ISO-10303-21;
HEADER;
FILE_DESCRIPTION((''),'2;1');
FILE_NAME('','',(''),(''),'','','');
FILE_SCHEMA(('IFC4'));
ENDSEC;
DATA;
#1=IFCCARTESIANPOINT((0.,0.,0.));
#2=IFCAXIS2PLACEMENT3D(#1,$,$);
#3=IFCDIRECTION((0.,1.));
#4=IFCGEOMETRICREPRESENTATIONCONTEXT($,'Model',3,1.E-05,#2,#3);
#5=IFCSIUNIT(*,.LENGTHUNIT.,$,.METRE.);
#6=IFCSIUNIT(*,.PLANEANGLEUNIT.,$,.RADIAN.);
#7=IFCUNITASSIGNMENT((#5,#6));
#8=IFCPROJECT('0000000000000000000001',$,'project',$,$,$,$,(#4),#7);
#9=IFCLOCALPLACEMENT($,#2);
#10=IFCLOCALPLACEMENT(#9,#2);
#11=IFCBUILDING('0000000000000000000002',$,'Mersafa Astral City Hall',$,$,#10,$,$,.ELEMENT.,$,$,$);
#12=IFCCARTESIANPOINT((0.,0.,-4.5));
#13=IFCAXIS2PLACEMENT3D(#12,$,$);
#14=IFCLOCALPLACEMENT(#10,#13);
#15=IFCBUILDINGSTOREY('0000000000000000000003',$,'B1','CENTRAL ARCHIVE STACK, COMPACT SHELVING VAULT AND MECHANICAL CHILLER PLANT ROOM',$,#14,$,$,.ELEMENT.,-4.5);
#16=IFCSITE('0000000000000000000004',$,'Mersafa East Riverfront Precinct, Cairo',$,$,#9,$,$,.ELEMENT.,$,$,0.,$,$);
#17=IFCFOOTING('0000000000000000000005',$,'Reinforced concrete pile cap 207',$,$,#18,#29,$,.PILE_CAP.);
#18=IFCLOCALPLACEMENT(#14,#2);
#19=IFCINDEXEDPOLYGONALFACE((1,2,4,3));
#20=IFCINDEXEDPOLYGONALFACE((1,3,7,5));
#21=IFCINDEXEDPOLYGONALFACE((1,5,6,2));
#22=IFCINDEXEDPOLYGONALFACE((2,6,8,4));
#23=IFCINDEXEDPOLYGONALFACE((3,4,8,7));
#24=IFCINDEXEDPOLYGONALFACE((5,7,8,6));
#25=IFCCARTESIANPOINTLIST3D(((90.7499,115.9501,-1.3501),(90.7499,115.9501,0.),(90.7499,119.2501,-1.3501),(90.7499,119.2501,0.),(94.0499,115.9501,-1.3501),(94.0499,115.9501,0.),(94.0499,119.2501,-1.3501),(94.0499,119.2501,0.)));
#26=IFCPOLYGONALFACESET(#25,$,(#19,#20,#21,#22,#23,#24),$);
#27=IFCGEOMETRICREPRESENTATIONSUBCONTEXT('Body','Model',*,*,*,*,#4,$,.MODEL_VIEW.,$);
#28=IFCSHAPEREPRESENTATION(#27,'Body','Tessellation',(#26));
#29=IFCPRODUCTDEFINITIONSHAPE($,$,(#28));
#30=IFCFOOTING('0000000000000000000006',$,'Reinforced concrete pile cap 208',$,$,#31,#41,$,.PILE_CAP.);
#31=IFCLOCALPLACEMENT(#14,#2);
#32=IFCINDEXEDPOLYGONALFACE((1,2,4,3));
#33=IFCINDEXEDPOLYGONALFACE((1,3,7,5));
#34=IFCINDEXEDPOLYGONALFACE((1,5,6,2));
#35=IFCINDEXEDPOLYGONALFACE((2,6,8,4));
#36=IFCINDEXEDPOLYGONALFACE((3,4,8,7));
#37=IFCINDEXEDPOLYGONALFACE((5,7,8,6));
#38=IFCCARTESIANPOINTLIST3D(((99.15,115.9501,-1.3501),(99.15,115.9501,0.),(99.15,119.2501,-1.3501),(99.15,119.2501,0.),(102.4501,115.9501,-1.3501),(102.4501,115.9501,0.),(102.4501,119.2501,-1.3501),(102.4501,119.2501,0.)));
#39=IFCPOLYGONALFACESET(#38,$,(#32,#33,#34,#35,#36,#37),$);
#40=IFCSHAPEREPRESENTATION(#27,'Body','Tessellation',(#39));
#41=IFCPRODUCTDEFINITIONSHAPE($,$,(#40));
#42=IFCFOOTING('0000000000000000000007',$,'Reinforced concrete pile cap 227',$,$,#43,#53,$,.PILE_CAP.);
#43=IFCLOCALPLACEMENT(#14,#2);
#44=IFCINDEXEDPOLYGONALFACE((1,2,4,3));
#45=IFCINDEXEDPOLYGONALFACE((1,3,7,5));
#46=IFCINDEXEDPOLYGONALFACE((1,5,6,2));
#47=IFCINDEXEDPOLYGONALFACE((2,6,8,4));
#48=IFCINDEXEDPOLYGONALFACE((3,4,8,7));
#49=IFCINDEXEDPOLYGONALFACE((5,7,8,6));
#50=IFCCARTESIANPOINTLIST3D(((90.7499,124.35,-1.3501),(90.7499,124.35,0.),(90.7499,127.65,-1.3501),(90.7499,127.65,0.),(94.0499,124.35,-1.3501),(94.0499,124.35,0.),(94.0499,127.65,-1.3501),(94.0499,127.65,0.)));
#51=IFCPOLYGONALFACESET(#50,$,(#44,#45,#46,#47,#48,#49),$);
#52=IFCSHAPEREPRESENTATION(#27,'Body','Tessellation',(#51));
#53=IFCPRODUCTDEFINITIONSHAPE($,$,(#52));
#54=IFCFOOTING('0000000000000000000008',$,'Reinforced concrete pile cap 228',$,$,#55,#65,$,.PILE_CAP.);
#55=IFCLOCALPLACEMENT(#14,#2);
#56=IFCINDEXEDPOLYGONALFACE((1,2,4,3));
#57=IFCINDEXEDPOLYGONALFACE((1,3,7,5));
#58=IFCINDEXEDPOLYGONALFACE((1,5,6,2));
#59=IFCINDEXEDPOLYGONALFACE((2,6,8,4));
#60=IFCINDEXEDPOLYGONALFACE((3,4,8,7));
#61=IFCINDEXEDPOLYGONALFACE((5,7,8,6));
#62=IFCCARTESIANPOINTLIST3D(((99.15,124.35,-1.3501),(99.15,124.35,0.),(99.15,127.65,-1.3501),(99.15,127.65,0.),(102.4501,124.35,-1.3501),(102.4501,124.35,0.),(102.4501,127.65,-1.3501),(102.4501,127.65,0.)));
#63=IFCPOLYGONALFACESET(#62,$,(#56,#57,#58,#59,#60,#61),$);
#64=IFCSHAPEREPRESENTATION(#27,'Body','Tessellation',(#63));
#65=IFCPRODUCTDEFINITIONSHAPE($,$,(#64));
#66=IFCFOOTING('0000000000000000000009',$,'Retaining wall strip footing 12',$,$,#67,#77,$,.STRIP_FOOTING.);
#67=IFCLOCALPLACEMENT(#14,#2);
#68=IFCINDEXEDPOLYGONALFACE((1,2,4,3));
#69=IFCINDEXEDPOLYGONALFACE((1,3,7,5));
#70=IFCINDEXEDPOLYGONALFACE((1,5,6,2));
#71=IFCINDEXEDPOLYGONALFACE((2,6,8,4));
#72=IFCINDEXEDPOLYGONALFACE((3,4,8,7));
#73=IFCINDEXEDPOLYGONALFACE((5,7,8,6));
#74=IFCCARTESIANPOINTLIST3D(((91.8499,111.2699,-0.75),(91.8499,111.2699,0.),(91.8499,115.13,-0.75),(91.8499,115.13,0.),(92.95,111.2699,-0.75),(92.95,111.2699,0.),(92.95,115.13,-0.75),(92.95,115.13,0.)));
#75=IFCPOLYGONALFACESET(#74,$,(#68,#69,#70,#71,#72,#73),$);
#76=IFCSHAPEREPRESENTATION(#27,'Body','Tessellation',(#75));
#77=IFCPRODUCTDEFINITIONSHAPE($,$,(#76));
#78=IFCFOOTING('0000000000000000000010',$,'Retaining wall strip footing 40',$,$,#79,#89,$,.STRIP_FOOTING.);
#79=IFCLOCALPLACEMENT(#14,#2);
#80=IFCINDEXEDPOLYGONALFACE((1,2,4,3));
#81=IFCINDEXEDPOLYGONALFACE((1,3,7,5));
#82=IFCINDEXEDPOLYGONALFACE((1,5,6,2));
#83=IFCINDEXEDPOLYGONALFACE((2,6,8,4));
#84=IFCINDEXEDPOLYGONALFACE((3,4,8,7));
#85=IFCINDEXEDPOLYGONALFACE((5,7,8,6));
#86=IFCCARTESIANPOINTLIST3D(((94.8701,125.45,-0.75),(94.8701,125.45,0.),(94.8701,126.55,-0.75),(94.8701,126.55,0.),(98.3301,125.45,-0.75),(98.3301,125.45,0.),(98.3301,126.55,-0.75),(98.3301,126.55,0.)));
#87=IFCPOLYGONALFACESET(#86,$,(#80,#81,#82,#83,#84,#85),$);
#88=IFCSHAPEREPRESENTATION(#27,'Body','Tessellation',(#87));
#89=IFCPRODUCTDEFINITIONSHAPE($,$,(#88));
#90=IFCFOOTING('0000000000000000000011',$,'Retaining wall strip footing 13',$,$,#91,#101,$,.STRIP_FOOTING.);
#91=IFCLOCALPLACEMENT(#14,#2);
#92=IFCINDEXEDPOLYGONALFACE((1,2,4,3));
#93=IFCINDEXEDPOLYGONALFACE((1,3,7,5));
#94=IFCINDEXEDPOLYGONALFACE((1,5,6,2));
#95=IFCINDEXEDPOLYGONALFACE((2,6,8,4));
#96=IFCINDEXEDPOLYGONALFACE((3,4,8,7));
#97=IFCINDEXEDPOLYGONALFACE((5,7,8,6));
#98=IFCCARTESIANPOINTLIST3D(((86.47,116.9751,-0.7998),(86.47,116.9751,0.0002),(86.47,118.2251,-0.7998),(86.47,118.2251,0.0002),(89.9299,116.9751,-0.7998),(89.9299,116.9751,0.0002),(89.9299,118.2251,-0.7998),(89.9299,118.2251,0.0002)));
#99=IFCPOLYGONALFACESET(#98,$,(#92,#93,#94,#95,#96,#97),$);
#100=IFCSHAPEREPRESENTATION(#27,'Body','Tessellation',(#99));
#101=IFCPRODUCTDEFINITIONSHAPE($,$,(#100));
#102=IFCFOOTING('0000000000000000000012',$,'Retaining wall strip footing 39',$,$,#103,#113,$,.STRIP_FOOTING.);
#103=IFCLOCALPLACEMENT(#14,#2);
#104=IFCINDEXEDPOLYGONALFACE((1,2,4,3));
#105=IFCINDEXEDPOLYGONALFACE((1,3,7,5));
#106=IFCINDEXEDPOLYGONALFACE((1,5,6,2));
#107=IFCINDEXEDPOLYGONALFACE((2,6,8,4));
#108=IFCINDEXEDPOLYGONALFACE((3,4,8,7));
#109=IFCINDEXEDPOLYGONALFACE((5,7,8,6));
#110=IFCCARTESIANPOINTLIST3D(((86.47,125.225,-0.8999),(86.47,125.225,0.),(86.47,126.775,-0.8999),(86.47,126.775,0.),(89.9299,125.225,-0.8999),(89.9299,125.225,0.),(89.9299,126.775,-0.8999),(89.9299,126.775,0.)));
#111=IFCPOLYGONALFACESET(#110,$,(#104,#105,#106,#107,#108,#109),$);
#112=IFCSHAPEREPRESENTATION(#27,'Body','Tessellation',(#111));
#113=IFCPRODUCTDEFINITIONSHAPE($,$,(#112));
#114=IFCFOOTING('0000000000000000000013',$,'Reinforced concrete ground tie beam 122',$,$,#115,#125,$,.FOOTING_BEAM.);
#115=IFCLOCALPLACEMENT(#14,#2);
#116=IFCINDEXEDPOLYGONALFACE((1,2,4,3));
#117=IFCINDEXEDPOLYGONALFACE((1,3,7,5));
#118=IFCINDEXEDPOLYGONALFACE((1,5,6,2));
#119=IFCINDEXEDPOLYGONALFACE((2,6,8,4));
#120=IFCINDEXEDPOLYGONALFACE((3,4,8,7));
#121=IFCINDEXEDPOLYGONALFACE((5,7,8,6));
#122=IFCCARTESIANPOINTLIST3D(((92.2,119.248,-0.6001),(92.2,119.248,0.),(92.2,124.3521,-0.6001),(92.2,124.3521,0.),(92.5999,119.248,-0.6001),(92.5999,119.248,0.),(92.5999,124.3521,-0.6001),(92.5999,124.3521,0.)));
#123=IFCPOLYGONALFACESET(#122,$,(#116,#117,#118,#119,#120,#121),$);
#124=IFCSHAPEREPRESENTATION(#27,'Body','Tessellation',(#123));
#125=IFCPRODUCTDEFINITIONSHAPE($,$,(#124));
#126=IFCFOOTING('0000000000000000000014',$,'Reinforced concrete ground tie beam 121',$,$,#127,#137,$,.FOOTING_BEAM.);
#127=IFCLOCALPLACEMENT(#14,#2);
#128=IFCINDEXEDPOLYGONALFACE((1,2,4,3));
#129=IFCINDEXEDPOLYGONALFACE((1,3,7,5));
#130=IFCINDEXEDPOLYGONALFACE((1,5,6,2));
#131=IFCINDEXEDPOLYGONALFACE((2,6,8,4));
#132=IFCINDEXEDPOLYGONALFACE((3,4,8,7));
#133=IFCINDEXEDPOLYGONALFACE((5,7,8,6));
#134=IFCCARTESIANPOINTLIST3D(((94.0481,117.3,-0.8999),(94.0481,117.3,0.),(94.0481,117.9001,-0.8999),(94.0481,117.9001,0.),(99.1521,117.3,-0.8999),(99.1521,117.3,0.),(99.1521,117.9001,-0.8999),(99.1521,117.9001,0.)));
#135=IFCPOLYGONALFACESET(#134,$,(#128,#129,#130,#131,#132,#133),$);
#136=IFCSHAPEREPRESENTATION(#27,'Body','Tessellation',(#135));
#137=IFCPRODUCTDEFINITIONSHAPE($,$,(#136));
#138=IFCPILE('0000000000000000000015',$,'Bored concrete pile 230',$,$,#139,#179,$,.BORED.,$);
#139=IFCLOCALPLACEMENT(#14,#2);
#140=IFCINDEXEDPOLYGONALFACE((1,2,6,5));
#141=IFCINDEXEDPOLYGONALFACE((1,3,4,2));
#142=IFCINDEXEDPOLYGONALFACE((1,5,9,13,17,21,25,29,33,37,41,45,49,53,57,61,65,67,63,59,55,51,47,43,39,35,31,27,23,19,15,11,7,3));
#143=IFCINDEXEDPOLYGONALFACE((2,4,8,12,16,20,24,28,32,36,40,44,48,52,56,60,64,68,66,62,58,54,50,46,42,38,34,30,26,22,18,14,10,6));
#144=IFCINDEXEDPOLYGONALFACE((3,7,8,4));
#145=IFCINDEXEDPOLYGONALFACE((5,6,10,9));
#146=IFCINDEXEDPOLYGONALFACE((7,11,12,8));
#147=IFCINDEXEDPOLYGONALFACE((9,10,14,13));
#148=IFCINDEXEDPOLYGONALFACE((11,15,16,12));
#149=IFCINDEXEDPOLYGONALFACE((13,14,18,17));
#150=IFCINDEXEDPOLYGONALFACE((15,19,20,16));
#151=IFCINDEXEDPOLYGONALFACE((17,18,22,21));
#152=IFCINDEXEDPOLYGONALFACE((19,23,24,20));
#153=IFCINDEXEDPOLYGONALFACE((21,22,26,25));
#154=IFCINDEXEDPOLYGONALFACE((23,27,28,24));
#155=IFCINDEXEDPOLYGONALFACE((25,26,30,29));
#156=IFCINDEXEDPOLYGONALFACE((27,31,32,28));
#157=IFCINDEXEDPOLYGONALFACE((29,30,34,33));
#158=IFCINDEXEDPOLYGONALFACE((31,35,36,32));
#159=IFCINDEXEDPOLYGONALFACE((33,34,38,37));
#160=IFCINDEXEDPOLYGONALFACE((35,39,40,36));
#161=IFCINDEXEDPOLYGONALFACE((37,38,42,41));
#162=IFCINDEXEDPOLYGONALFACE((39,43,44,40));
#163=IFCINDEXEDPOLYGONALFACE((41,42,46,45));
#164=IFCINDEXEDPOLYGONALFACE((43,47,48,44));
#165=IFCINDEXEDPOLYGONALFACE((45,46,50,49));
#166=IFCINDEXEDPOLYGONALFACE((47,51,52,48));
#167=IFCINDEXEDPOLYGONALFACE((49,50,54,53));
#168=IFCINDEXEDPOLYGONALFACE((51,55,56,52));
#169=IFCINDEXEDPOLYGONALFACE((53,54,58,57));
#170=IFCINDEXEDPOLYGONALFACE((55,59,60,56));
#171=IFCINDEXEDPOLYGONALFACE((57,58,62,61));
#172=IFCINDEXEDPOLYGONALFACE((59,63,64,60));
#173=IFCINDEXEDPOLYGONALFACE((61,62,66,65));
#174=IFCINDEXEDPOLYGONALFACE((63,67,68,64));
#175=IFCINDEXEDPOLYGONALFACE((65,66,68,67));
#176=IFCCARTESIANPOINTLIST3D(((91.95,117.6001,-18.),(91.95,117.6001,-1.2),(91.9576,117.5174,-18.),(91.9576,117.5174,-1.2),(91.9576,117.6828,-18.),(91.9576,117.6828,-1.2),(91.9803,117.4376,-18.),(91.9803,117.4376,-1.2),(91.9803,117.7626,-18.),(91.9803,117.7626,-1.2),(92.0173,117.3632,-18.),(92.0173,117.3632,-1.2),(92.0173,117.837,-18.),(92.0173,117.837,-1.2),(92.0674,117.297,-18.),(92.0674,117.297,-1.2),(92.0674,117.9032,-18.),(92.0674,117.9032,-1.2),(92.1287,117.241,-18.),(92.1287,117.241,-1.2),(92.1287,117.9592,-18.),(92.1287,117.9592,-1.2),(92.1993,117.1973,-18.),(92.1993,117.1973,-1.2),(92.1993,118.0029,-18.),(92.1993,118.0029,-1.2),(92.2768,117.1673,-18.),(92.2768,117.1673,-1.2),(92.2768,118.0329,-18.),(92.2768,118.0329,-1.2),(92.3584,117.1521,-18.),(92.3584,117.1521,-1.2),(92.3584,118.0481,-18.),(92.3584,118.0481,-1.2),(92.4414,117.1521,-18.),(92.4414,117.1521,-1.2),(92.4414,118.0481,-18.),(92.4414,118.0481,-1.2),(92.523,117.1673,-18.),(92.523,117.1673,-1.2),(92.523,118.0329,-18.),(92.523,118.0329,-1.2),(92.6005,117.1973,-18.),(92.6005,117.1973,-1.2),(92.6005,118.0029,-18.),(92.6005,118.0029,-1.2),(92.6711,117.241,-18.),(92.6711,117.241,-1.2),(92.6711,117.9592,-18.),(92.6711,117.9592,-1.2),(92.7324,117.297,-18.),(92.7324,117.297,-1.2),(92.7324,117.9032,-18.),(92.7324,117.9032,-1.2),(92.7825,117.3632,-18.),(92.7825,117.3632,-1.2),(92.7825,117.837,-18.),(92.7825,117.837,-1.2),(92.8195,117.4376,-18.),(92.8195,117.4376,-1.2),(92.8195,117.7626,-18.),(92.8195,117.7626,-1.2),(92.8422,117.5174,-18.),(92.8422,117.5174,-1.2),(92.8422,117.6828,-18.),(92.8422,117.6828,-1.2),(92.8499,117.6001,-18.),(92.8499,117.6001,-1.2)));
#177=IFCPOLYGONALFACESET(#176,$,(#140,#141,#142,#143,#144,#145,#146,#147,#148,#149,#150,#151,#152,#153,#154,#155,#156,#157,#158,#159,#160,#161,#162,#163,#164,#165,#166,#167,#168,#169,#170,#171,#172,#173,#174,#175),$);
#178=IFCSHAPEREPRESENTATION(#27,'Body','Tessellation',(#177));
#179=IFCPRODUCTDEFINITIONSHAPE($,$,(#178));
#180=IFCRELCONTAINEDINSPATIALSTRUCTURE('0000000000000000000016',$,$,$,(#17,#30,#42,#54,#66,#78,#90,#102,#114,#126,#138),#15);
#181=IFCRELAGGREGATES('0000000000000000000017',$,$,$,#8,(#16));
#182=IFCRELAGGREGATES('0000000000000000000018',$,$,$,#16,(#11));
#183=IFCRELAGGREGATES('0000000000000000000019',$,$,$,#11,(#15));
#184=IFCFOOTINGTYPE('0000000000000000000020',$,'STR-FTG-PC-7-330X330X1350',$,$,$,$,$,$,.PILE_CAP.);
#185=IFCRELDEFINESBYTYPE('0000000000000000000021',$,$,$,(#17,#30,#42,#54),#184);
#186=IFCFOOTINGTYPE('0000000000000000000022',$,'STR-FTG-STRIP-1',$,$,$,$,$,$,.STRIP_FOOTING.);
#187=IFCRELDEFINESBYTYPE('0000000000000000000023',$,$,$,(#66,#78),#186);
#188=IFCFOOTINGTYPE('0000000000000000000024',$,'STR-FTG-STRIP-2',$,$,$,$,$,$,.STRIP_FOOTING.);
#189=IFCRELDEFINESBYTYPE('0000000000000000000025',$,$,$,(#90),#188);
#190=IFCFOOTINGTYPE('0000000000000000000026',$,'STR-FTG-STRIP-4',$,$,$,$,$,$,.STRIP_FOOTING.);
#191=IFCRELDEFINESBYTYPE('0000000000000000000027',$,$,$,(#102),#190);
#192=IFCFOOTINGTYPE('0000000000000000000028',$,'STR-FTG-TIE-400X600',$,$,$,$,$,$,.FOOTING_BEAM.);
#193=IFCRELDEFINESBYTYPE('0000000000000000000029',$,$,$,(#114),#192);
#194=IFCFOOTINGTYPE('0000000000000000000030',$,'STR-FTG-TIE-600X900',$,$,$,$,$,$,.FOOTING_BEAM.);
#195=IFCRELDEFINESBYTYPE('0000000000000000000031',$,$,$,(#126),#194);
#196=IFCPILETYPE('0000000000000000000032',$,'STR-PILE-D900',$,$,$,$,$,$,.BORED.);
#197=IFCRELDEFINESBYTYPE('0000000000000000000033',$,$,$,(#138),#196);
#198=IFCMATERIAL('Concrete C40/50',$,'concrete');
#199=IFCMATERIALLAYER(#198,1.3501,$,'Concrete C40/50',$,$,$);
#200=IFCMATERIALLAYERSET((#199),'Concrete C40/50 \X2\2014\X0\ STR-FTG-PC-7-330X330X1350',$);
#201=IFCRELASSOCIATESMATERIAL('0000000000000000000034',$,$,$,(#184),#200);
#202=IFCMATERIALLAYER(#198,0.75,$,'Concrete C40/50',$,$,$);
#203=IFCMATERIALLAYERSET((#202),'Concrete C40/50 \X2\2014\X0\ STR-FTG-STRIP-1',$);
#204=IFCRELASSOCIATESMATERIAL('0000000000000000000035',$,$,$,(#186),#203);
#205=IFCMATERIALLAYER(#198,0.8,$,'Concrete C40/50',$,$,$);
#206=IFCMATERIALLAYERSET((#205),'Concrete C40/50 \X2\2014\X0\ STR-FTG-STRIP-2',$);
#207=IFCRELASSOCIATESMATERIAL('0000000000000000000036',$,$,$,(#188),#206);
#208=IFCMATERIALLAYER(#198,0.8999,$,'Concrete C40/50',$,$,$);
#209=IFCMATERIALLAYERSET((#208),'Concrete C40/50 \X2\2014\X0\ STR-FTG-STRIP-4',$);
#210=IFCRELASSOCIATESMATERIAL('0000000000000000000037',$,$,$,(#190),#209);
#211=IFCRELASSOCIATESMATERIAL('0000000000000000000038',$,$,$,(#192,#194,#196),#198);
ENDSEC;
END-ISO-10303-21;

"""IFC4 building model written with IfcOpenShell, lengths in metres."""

from ifc_helpers import new_model, si_unit, direction, frame, origin, origin_2d, place, context, subcontext, project, spatial, rectangle, circle, extrude, material, layer, layer_set, material_profile, profile_set, type_object, element, save


model = new_model("IFC4")

# Units and contexts
model_context = context("Model", 3, precision=1e-05, world=origin(), true_north=direction((0.0, 1.0)))
body_context = subcontext(model_context, "Body", "Model", "MODEL_VIEW")
ifc_project = project(units=[si_unit("LENGTHUNIT", "METRE"), si_unit("PLANEANGLEUNIT", "RADIAN")], contexts=[model_context])

# Site, building, storey
site_placement = place(None, origin())
site = spatial("IfcSite", under=ifc_project, at=site_placement, Name="Mersafa East Riverfront Precinct, Cairo", CompositionType="ELEMENT", RefElevation=0.0)
building_placement = place(site_placement, origin())
building = spatial("IfcBuilding", under=site, at=building_placement, Name="Mersafa Astral City Hall", CompositionType="ELEMENT")
storey_placement = place(building_placement, frame((0.0, 0.0, -4.5)))
storey = spatial("IfcBuildingStorey", under=building, at=storey_placement, Name="B1", Description="CENTRAL ARCHIVE STACK, COMPACT SHELVING VAULT AND MECHANICAL CHILLER PLANT ROOM", CompositionType="ELEMENT", Elevation=-4.5)

# Footings
ifc_material_1 = material(Name="Concrete C40/50", Category="concrete")
ifc_layer_1 = layer(ifc_material_1, 1.3501, Name="Concrete C40/50")
ifc_layer_set_1 = layer_set([ifc_layer_1], Name="Concrete C40/50 — STR-FTG-PC-7-330X330X1350")
footing_type_1 = type_object("IfcFootingType", Name="STR-FTG-PC-7-330X330X1350", PredefinedType="PILE_CAP", material=ifc_layer_set_1)
for number, where, z_axis, x_axis, name in (
    (1, (92.3999, 117.6001, -1.3501), (0.0, 0.0, 1.0), (1.0, 0.0, 0.0), "Reinforced concrete pile cap 207"),
    (2, (100.8, 117.6001, -1.3501), (0.0, 0.0, 1.0), (1.0, 0.0, 0.0), "Reinforced concrete pile cap 208"),
    (3, (92.3999, 126.0, -1.3501), (0.0, 0.0, 1.0), (1.0, 0.0, 0.0), "Reinforced concrete pile cap 227"),
    (4, (100.8, 126.0, -1.3501), (0.0, 0.0, 1.0), (1.0, 0.0, 0.0), "Reinforced concrete pile cap 228"),
):
    element("IfcFooting", number, at=place(storey_placement, frame(where, z_axis=z_axis, x_axis=x_axis)), inside=storey, type_object=footing_type_1, Name=name, PredefinedType="PILE_CAP", context=body_context, shape_type="SweptSolid", body=[
        extrude(rectangle(XDim=3.3, YDim=3.3, at=origin_2d()), origin(), (0.0, 0.0, 1.0), 1.3501),
    ])
ifc_layer_2 = layer(ifc_material_1, 0.75, Name="Concrete C40/50")
ifc_layer_set_2 = layer_set([ifc_layer_2], Name="Concrete C40/50 — STR-FTG-STRIP-1")
footing_type_2 = type_object("IfcFootingType", Name="STR-FTG-STRIP-1", PredefinedType="STRIP_FOOTING", material=ifc_layer_set_2)
footing_1_placement = place(storey_placement, frame((92.3999, 113.2, -0.75), z_axis=(0.0, 0.0, 1.0), x_axis=(0.0, 1.0, 0.0)))
element("IfcFooting", 5, at=footing_1_placement, inside=storey, type_object=footing_type_2, Name="Retaining wall strip footing 12", PredefinedType="STRIP_FOOTING", context=body_context, shape_type="SweptSolid", body=[
    extrude(rectangle(XDim=3.8601, YDim=1.1001, at=origin_2d()), origin(), (0.0, 0.0, 1.0), 0.75),
])
footing_2_placement = place(storey_placement, frame((96.6001, 126.0, -0.75), z_axis=(0.0, 0.0, 1.0), x_axis=(1.0, 0.0, 0.0)))
element("IfcFooting", 6, at=footing_2_placement, inside=storey, type_object=footing_type_2, Name="Retaining wall strip footing 40", PredefinedType="STRIP_FOOTING", context=body_context, shape_type="SweptSolid", body=[
    extrude(rectangle(XDim=3.46, YDim=1.1001, at=origin_2d()), origin(), (0.0, 0.0, 1.0), 0.75),
])
ifc_layer_3 = layer(ifc_material_1, 0.8, Name="Concrete C40/50")
ifc_layer_set_3 = layer_set([ifc_layer_3], Name="Concrete C40/50 — STR-FTG-STRIP-2")
footing_type_3 = type_object("IfcFootingType", Name="STR-FTG-STRIP-2", PredefinedType="STRIP_FOOTING", material=ifc_layer_set_3)
footing_3_placement = place(storey_placement, frame((88.2, 117.6001, -0.7998), z_axis=(0.0, 0.0, 1.0), x_axis=(-1.0, 0.0, 0.0)))
element("IfcFooting", 7, at=footing_3_placement, inside=storey, type_object=footing_type_3, Name="Retaining wall strip footing 13", PredefinedType="STRIP_FOOTING", context=body_context, shape_type="SweptSolid", body=[
    extrude(rectangle(XDim=3.46, YDim=1.25, at=origin_2d()), origin(), (0.0, 0.0, 1.0), 0.8),
])
ifc_layer_4 = layer(ifc_material_1, 0.8999, Name="Concrete C40/50")
ifc_layer_set_4 = layer_set([ifc_layer_4], Name="Concrete C40/50 — STR-FTG-STRIP-4")
footing_type_4 = type_object("IfcFootingType", Name="STR-FTG-STRIP-4", PredefinedType="STRIP_FOOTING", material=ifc_layer_set_4)
footing_4_placement = place(storey_placement, frame((88.2, 126.0, -0.8999), z_axis=(0.0, 0.0, 1.0), x_axis=(1.0, 0.0, 0.0)))
element("IfcFooting", 8, at=footing_4_placement, inside=storey, type_object=footing_type_4, Name="Retaining wall strip footing 39", PredefinedType="STRIP_FOOTING", context=body_context, shape_type="SweptSolid", body=[
    extrude(rectangle(XDim=3.46, YDim=1.55, at=origin_2d()), origin(), (0.0, 0.0, 1.0), 0.8999),
])
ifc_material_profile_1 = material_profile(ifc_material_1, rectangle(XDim=0.3999, YDim=0.6001, at=origin_2d()), Name="RC 400x600")
ifc_profile_set_1 = profile_set([ifc_material_profile_1], Name="Concrete C40/50")
footing_type_5 = type_object("IfcFootingType", Name="STR-FTG-TIE-400X600", PredefinedType="FOOTING_BEAM", material=ifc_profile_set_1)
footing_5_placement = place(storey_placement, frame((92.3999, 119.248, -0.3), z_axis=(0.0, 1.0, 0.0), x_axis=(-1.0, 0.0, 0.0)))
element("IfcFooting", 9, at=footing_5_placement, inside=storey, type_object=footing_type_5, Name="Reinforced concrete ground tie beam 122", PredefinedType="FOOTING_BEAM", context=body_context, shape_type="SweptSolid", body=[
    extrude(rectangle(XDim=0.3999, YDim=0.6001, at=origin_2d()), origin(), (0.0, 0.0, 1.0), 5.104),
])
ifc_material_profile_2 = material_profile(ifc_material_1, rectangle(XDim=0.6001, YDim=0.8999, at=origin_2d()), Name="RC 600x900")
ifc_profile_set_2 = profile_set([ifc_material_profile_2], Name="Concrete C40/50")
footing_type_6 = type_object("IfcFootingType", Name="STR-FTG-TIE-600X900", PredefinedType="FOOTING_BEAM", material=ifc_profile_set_2)
footing_6_placement = place(storey_placement, frame((94.0481, 117.6001, -0.45), z_axis=(1.0, 0.0, 0.0), x_axis=(0.0, 1.0, 0.0)))
element("IfcFooting", 10, at=footing_6_placement, inside=storey, type_object=footing_type_6, Name="Reinforced concrete ground tie beam 121", PredefinedType="FOOTING_BEAM", context=body_context, shape_type="SweptSolid", body=[
    extrude(rectangle(XDim=0.6001, YDim=0.8999, at=origin_2d()), origin(), (0.0, 0.0, 1.0), 5.104),
])

# Pile
ifc_material_profile_3 = material_profile(ifc_material_1, circle(Radius=0.45, at=origin_2d()), Name="PILE D900")
ifc_profile_set_3 = profile_set([ifc_material_profile_3], Name="Concrete C40/50")
pile_type = type_object("IfcPileType", Name="STR-PILE-D900", PredefinedType="BORED", material=ifc_profile_set_3)
for number, where, z_axis, x_axis, name in (
    (11, (92.3999, 117.6001, -1.2), (0.0, 0.0, -1.0), (1.0, 0.0, 0.0), "Bored concrete pile 230"),
):
    element("IfcPile", number, at=place(storey_placement, frame(where, z_axis=z_axis, x_axis=x_axis)), inside=storey, type_object=pile_type, Name=name, PredefinedType="BORED", context=body_context, shape_type="SweptSolid", body=[
        extrude(circle(Radius=0.45, at=origin_2d()), origin(), (0.0, 0.0, 1.0), 16.8),
    ])

save(model, "model.ifc")
